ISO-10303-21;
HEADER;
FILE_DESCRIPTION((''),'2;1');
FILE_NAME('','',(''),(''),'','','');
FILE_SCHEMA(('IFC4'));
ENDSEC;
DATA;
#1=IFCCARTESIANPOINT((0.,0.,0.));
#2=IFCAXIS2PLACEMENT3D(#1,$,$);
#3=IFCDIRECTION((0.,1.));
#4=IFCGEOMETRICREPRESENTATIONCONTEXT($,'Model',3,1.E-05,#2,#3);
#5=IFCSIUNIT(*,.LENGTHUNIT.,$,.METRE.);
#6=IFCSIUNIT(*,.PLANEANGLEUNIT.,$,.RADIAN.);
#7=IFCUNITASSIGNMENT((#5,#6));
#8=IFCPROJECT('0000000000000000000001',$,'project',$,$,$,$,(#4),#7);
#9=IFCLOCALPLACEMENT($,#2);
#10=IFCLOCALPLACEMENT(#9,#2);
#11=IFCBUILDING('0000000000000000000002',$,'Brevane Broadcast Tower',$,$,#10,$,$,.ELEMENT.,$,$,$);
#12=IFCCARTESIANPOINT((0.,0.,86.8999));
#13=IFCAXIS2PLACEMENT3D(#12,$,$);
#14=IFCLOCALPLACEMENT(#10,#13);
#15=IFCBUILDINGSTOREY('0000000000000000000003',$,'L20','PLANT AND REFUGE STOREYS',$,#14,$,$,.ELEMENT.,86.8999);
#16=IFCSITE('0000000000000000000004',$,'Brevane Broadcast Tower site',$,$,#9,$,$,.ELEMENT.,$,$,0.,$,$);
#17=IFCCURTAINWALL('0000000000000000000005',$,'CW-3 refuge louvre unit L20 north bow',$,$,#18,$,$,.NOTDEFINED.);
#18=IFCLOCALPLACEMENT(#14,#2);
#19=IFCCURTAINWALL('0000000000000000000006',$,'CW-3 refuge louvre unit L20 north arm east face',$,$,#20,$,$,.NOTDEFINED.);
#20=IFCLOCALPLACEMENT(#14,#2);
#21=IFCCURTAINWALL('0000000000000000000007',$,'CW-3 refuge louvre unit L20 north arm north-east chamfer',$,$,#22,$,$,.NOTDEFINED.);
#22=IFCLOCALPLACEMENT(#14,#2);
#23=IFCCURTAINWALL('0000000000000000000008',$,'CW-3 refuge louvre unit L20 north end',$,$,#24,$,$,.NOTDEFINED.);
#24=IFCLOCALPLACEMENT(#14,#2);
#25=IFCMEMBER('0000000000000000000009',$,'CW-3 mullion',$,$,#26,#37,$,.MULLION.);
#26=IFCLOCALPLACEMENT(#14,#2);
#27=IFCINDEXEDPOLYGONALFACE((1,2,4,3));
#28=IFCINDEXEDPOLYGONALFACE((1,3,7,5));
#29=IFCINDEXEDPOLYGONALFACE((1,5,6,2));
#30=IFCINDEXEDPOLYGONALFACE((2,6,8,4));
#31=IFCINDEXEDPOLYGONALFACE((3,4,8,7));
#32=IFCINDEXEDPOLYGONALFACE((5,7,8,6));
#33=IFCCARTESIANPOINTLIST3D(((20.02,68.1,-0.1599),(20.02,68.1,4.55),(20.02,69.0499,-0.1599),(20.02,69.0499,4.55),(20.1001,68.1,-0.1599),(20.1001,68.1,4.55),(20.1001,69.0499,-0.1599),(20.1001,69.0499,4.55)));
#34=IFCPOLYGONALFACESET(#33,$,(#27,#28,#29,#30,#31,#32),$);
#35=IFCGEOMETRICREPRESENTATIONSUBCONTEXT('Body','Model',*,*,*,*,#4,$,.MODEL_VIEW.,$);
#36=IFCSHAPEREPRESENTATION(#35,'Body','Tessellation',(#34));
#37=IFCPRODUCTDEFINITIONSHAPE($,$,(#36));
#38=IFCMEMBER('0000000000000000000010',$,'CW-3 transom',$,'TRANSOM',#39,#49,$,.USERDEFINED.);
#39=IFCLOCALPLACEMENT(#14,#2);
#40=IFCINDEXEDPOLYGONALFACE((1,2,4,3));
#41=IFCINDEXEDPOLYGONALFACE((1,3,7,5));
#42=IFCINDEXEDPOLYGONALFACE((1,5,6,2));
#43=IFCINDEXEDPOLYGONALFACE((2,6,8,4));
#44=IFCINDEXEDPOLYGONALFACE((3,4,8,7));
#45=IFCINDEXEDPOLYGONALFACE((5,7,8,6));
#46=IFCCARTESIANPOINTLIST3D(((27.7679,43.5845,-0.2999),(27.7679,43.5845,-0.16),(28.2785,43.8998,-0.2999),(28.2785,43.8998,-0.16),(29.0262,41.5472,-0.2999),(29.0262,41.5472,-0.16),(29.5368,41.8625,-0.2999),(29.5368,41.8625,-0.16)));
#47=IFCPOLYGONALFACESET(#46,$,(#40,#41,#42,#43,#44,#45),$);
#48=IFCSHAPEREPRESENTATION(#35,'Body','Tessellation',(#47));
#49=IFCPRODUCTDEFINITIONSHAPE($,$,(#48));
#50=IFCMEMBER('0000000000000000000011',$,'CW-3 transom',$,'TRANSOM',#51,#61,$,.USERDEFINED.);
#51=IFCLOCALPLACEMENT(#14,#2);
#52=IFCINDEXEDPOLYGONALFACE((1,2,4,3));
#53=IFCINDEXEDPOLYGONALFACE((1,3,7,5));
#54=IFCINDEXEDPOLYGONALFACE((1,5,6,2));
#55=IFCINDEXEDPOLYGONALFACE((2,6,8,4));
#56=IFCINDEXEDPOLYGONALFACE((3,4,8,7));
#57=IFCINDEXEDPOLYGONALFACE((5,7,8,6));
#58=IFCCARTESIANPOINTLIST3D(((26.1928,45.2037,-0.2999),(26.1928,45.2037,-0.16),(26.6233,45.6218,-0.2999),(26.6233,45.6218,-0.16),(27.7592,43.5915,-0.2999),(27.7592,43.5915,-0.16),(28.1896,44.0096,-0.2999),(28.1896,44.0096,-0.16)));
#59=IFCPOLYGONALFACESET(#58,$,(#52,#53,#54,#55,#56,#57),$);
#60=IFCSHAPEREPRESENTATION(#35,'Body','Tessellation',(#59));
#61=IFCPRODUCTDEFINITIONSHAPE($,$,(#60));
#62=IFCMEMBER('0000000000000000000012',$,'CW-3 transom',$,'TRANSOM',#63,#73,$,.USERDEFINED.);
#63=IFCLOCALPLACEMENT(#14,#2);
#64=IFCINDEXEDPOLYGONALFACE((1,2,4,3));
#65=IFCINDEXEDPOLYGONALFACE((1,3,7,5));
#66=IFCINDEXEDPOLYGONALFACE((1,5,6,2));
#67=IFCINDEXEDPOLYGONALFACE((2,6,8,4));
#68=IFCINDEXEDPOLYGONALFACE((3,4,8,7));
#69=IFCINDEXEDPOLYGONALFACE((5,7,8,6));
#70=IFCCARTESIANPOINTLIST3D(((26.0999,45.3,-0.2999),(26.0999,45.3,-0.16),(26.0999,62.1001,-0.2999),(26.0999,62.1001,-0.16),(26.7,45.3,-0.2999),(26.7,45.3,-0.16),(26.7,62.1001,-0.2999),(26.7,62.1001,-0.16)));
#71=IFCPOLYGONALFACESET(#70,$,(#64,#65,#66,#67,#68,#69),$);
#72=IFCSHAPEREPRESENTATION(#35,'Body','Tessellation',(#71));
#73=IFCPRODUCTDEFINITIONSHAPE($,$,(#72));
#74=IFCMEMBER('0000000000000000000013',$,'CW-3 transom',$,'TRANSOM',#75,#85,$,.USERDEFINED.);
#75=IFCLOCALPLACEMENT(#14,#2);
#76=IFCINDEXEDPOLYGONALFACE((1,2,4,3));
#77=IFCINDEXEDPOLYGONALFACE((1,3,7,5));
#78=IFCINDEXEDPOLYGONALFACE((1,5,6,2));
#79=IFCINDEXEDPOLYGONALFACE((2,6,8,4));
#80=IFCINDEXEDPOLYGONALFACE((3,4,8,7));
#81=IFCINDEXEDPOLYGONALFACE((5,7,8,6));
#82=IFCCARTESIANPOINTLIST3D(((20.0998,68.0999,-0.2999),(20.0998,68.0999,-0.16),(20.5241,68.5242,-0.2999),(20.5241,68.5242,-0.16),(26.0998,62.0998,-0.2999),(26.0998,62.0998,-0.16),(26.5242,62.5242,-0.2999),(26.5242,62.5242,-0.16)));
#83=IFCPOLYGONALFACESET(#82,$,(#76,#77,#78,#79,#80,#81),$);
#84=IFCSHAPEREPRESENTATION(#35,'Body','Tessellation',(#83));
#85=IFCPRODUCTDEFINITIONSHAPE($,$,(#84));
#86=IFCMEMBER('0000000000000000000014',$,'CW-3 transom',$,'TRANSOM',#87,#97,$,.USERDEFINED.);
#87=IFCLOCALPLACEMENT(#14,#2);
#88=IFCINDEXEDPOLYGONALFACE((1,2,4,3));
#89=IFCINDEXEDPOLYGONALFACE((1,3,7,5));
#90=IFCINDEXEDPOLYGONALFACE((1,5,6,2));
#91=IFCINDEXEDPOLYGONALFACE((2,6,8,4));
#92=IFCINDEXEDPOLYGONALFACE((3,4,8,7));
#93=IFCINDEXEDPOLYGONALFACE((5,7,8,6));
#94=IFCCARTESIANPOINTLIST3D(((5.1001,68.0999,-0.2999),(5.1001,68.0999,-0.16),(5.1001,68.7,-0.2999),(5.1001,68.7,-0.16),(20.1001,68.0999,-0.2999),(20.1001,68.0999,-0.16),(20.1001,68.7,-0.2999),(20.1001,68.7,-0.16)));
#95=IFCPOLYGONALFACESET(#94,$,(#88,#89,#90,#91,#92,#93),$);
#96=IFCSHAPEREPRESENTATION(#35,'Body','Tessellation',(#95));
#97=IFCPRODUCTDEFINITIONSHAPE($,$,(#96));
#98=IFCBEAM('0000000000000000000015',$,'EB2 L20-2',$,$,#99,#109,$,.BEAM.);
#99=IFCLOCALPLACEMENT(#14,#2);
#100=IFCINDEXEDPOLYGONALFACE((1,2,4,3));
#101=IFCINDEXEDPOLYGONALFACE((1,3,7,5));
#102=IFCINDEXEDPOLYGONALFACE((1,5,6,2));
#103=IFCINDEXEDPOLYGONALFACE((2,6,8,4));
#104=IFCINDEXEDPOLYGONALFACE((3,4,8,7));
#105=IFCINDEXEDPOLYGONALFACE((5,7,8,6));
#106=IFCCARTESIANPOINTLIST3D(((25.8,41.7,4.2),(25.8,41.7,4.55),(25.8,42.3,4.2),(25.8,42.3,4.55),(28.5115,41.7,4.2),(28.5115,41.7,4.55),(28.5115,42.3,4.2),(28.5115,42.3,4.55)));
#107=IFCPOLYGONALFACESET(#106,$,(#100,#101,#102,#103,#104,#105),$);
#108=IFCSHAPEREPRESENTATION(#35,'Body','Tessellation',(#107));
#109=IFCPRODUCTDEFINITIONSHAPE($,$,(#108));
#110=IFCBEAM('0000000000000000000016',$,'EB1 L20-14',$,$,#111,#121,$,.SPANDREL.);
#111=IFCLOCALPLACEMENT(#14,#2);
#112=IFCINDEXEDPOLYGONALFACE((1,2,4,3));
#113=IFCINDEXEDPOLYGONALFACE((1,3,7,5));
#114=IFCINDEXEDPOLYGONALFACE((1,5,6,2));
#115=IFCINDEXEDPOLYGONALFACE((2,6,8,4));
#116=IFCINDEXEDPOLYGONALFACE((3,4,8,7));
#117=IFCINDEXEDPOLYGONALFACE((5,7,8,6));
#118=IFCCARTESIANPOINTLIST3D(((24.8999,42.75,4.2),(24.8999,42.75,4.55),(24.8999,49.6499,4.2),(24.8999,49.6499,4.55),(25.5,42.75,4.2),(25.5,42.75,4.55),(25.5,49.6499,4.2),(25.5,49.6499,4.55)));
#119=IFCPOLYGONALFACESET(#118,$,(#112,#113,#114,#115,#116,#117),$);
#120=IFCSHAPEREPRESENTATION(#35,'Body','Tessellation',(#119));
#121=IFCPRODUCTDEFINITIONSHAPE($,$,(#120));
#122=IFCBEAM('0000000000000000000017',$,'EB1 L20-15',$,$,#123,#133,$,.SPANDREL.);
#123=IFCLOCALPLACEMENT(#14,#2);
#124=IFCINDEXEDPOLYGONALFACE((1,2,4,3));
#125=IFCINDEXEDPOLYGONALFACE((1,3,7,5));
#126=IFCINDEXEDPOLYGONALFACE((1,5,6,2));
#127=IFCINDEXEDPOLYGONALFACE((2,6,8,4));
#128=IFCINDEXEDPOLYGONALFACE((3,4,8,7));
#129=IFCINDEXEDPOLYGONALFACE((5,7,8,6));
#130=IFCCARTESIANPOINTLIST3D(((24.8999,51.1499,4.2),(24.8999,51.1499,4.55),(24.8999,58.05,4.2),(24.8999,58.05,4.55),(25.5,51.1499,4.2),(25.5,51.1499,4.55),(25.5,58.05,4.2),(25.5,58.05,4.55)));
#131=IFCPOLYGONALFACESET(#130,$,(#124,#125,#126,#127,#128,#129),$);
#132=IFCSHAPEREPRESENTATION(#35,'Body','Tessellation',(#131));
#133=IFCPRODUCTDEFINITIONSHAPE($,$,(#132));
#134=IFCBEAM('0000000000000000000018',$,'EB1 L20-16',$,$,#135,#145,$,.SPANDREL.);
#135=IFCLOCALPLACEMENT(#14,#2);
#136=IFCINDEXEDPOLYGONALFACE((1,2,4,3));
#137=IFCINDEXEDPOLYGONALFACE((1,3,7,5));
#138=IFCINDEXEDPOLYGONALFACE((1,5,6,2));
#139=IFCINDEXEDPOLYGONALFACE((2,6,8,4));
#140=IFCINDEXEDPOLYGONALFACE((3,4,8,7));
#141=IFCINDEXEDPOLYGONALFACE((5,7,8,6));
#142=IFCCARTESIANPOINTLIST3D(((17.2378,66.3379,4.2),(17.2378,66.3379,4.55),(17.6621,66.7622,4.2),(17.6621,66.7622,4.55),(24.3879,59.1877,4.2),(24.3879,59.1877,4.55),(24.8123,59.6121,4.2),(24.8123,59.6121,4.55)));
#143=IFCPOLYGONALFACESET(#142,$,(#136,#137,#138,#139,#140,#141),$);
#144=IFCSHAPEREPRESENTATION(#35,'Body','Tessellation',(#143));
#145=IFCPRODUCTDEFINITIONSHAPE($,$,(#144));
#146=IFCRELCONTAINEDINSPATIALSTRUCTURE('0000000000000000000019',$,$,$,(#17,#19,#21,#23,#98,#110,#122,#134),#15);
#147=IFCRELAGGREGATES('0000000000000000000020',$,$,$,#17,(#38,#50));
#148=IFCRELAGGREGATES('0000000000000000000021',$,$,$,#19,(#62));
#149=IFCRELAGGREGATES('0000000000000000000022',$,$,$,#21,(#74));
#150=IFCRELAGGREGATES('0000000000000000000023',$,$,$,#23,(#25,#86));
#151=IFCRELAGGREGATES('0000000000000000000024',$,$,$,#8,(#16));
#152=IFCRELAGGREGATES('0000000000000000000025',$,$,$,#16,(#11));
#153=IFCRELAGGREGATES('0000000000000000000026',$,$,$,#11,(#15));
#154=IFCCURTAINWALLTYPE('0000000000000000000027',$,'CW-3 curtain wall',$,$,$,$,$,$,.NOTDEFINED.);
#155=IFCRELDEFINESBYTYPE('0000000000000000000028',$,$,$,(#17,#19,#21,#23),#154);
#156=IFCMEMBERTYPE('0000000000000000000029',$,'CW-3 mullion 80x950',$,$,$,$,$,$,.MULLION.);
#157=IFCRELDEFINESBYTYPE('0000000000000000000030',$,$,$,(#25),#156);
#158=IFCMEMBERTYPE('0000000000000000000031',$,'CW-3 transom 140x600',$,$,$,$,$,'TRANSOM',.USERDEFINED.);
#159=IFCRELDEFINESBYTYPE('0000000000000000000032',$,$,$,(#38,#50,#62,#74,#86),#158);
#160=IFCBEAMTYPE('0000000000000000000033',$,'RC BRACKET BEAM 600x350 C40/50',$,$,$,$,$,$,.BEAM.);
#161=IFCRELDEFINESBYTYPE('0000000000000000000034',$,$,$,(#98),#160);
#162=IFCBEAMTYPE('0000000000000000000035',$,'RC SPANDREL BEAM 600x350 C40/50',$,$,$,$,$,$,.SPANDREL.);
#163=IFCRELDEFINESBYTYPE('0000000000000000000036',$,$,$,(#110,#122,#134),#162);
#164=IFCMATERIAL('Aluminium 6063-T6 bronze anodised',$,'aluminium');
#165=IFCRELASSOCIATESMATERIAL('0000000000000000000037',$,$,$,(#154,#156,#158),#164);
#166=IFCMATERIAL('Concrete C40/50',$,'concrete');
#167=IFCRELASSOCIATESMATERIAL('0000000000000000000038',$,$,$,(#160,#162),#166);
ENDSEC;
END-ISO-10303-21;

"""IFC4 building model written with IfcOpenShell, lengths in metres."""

from ifc_helpers import new_model, si_unit, direction, frame, origin, origin_2d, place, context, subcontext, project, spatial, rectangle, extrude, material, material_profile, profile_set, type_object, element, aggregate, save


model = new_model("IFC4")

# Units and contexts
model_context = context("Model", 3, precision=1e-05, world=origin(), true_north=direction((0.0, 1.0)))
body_context = subcontext(model_context, "Body", "Model", "MODEL_VIEW")
ifc_project = project(units=[si_unit("LENGTHUNIT", "METRE"), si_unit("PLANEANGLEUNIT", "RADIAN")], contexts=[model_context])

# Site, building, storey
site_placement = place(None, origin())
site = spatial("IfcSite", under=ifc_project, at=site_placement, Name="Brevane Broadcast Tower site", CompositionType="ELEMENT", RefElevation=0.0)
building_placement = place(site_placement, origin())
building = spatial("IfcBuilding", under=site, at=building_placement, Name="Brevane Broadcast Tower", CompositionType="ELEMENT")
storey_placement = place(building_placement, frame((0.0, 0.0, 86.8999)))
storey = spatial("IfcBuildingStorey", under=building, at=storey_placement, Name="L20", Description="PLANT AND REFUGE STOREYS", CompositionType="ELEMENT", Elevation=86.8999)

# Curtain walls
ifc_material_1 = material(Name="Aluminium 6063-T6 bronze anodised", Category="aluminium")
curtain_wall_type = type_object("IfcCurtainWallType", Name="CW-3 curtain wall", PredefinedType="NOTDEFINED", material=ifc_material_1)
curtain_wall_1_placement = place(storey_placement, origin())
curtain_wall_1 = element("IfcCurtainWall", 1, at=curtain_wall_1_placement, inside=storey, type_object=curtain_wall_type, Name="CW-3 refuge louvre unit L20 north bow", PredefinedType="NOTDEFINED")
ifc_material_profile_1 = material_profile(ifc_material_1, rectangle(XDim=0.95, YDim=0.0801, at=origin_2d()), Name="RECT 80x950")
ifc_profile_set_1 = profile_set([ifc_material_profile_1], Name="Aluminium 6063-T6 bronze anodised")
member_type_1 = type_object("IfcMemberType", Name="CW-3 mullion 80x950", PredefinedType="MULLION", material=ifc_profile_set_1)
curtain_wall_2_placement = place(storey_placement, origin())
curtain_wall_2 = element("IfcCurtainWall", 2, at=curtain_wall_2_placement, inside=storey, type_object=curtain_wall_type, Name="CW-3 refuge louvre unit L20 north arm east face", PredefinedType="NOTDEFINED")
curtain_wall_3_placement = place(storey_placement, origin())
curtain_wall_3 = element("IfcCurtainWall", 3, at=curtain_wall_3_placement, inside=storey, type_object=curtain_wall_type, Name="CW-3 refuge louvre unit L20 north arm north-east chamfer", PredefinedType="NOTDEFINED")

# Curtain wall, member
curtain_wall_4_placement = place(storey_placement, origin())
curtain_wall_4 = element("IfcCurtainWall", 4, at=curtain_wall_4_placement, inside=storey, type_object=curtain_wall_type, Name="CW-3 refuge louvre unit L20 north end", PredefinedType="NOTDEFINED")
member_1_placement = place(storey_placement, frame((20.0601, 68.575, -0.1599), z_axis=(0.0, 0.0, 1.0), x_axis=(0.0, -1.0, 0.0)))
member_1 = element("IfcMember", 5, at=member_1_placement, type_object=member_type_1, Name="CW-3 mullion", PredefinedType="MULLION", context=body_context, shape_type="SweptSolid", body=[
    extrude(rectangle(XDim=0.95, YDim=0.0801, at=origin_2d()), origin(), (0.0, 0.0, 1.0), 4.71),
])

# Members
ifc_material_profile_2 = material_profile(ifc_material_1, rectangle(XDim=0.6001, YDim=0.1399, at=origin_2d()), Name="RECT 140x600")
ifc_profile_set_2 = profile_set([ifc_material_profile_2], Name="Aluminium 6063-T6 bronze anodised")
member_type_2 = type_object("IfcMemberType", Name="CW-3 transom 140x600", ElementType="TRANSOM", PredefinedType="USERDEFINED", material=ifc_profile_set_2)
member_2_placement = place(storey_placement, frame((29.2815, 41.7048, -0.23), z_axis=(-0.525473, 0.85081, 0.0), x_axis=(-0.85081, -0.525473, 0.0)))
member_2 = element("IfcMember", 6, at=member_2_placement, type_object=member_type_2, Name="CW-3 transom", ObjectType="TRANSOM", PredefinedType="USERDEFINED", context=body_context, shape_type="SweptSolid", body=[
    extrude(rectangle(XDim=0.6001, YDim=0.1399, at=origin_2d()), origin(), (0.0, 0.0, 1.0), 2.3945),
])
member_3_placement = place(storey_placement, frame((27.9744, 43.8005, -0.23), z_axis=(-0.696824, 0.717242, 0.0), x_axis=(-0.717242, -0.696824, 0.0)))
member_3 = element("IfcMember", 7, at=member_3_placement, type_object=member_type_2, Name="CW-3 transom", ObjectType="TRANSOM", PredefinedType="USERDEFINED", context=body_context, shape_type="SweptSolid", body=[
    extrude(rectangle(XDim=0.6001, YDim=0.1399, at=origin_2d()), origin(), (0.0, 0.0, 1.0), 2.2478),
])
aggregate(curtain_wall_1, [member_2, member_3])
member_4_placement = place(storey_placement, frame((26.3999, 45.3, -0.23), z_axis=(0.0, 1.0, 0.0), x_axis=(-1.0, 0.0, 0.0)))
member_4 = element("IfcMember", 8, at=member_4_placement, type_object=member_type_2, Name="CW-3 transom", ObjectType="TRANSOM", PredefinedType="USERDEFINED", context=body_context, shape_type="SweptSolid", body=[
    extrude(rectangle(XDim=0.6001, YDim=0.1399, at=origin_2d()), origin(), (0.0, 0.0, 1.0), 16.8),
])
aggregate(curtain_wall_2, [member_4])
member_5_placement = place(storey_placement, frame((26.312, 62.312, -0.23), z_axis=(-0.707107, 0.707107, 0.0), x_axis=(-0.707107, -0.707107, 0.0)))
member_5 = element("IfcMember", 9, at=member_5_placement, type_object=member_type_2, Name="CW-3 transom", ObjectType="TRANSOM", PredefinedType="USERDEFINED", context=body_context, shape_type="SweptSolid", body=[
    extrude(rectangle(XDim=0.6001, YDim=0.1399, at=origin_2d()), origin(), (0.0, 0.0, 1.0), 8.4854),
])
aggregate(curtain_wall_3, [member_5])
member_6_placement = place(storey_placement, frame((20.1001, 68.3999, -0.23), z_axis=(-1.0, 0.0, 0.0), x_axis=(0.0, -1.0, 0.0)))
member_6 = element("IfcMember", 10, at=member_6_placement, type_object=member_type_2, Name="CW-3 transom", ObjectType="TRANSOM", PredefinedType="USERDEFINED", context=body_context, shape_type="SweptSolid", body=[
    extrude(rectangle(XDim=0.6001, YDim=0.1399, at=origin_2d()), origin(), (0.0, 0.0, 1.0), 15.0),
])
aggregate(curtain_wall_4, [member_1, member_6])

# Beams
ifc_material_2 = material(Name="Concrete C40/50", Category="concrete")
ifc_material_profile_3 = material_profile(ifc_material_2, rectangle(XDim=0.6001, YDim=0.3501, at=origin_2d()), Name="RC 600x350")
ifc_profile_set_3 = profile_set([ifc_material_profile_3], Name="Concrete C40/50")
beam_type_1 = type_object("IfcBeamType", Name="RC BRACKET BEAM 600x350 C40/50", PredefinedType="BEAM", material=ifc_profile_set_3)
beam_1_placement = place(storey_placement, frame((25.8, 42.0, 4.375), z_axis=(1.0, 0.0, 0.0), x_axis=(0.0, 1.0, 0.0)))
element("IfcBeam", 11, at=beam_1_placement, inside=storey, type_object=beam_type_1, Name="EB2 L20-2", PredefinedType="BEAM", context=body_context, shape_type="SweptSolid", body=[
    extrude(rectangle(XDim=0.6001, YDim=0.3501, at=origin_2d()), origin(), (0.0, 0.0, 1.0), 2.7114),
])
ifc_material_profile_4 = material_profile(ifc_material_2, rectangle(XDim=0.6001, YDim=0.3501, at=origin_2d()), Name="RC 600x350")
ifc_profile_set_4 = profile_set([ifc_material_profile_4], Name="Concrete C40/50")
beam_type_2 = type_object("IfcBeamType", Name="RC SPANDREL BEAM 600x350 C40/50", PredefinedType="SPANDREL", material=ifc_profile_set_4)
beam_2_placement = place(storey_placement, frame((25.2, 42.75, 4.375), z_axis=(0.0, 1.0, 0.0), x_axis=(-1.0, 0.0, 0.0)))
element("IfcBeam", 12, at=beam_2_placement, inside=storey, type_object=beam_type_2, Name="EB1 L20-14", PredefinedType="SPANDREL", context=body_context, shape_type="SweptSolid", body=[
    extrude(rectangle(XDim=0.6001, YDim=0.3501, at=origin_2d()), origin(), (0.0, 0.0, 1.0), 6.8999),
])
beam_3_placement = place(storey_placement, frame((25.2, 51.1499, 4.375), z_axis=(0.0, 1.0, 0.0), x_axis=(-1.0, 0.0, 0.0)))
element("IfcBeam", 13, at=beam_3_placement, inside=storey, type_object=beam_type_2, Name="EB1 L20-15", PredefinedType="SPANDREL", context=body_context, shape_type="SweptSolid", body=[
    extrude(rectangle(XDim=0.6001, YDim=0.3501, at=origin_2d()), origin(), (0.0, 0.0, 1.0), 6.9001),
])
beam_4_placement = place(storey_placement, frame((24.6001, 59.3999, 4.375), z_axis=(-0.707107, 0.707107, 0.0), x_axis=(-0.707107, -0.707107, 0.0)))
element("IfcBeam", 14, at=beam_4_placement, inside=storey, type_object=beam_type_2, Name="EB1 L20-16", PredefinedType="SPANDREL", context=body_context, shape_type="SweptSolid", body=[
    extrude(rectangle(XDim=0.6001, YDim=0.3501, at=origin_2d()), origin(), (0.0, 0.0, 1.0), 10.1118),
])

save(model, "model.ifc")
